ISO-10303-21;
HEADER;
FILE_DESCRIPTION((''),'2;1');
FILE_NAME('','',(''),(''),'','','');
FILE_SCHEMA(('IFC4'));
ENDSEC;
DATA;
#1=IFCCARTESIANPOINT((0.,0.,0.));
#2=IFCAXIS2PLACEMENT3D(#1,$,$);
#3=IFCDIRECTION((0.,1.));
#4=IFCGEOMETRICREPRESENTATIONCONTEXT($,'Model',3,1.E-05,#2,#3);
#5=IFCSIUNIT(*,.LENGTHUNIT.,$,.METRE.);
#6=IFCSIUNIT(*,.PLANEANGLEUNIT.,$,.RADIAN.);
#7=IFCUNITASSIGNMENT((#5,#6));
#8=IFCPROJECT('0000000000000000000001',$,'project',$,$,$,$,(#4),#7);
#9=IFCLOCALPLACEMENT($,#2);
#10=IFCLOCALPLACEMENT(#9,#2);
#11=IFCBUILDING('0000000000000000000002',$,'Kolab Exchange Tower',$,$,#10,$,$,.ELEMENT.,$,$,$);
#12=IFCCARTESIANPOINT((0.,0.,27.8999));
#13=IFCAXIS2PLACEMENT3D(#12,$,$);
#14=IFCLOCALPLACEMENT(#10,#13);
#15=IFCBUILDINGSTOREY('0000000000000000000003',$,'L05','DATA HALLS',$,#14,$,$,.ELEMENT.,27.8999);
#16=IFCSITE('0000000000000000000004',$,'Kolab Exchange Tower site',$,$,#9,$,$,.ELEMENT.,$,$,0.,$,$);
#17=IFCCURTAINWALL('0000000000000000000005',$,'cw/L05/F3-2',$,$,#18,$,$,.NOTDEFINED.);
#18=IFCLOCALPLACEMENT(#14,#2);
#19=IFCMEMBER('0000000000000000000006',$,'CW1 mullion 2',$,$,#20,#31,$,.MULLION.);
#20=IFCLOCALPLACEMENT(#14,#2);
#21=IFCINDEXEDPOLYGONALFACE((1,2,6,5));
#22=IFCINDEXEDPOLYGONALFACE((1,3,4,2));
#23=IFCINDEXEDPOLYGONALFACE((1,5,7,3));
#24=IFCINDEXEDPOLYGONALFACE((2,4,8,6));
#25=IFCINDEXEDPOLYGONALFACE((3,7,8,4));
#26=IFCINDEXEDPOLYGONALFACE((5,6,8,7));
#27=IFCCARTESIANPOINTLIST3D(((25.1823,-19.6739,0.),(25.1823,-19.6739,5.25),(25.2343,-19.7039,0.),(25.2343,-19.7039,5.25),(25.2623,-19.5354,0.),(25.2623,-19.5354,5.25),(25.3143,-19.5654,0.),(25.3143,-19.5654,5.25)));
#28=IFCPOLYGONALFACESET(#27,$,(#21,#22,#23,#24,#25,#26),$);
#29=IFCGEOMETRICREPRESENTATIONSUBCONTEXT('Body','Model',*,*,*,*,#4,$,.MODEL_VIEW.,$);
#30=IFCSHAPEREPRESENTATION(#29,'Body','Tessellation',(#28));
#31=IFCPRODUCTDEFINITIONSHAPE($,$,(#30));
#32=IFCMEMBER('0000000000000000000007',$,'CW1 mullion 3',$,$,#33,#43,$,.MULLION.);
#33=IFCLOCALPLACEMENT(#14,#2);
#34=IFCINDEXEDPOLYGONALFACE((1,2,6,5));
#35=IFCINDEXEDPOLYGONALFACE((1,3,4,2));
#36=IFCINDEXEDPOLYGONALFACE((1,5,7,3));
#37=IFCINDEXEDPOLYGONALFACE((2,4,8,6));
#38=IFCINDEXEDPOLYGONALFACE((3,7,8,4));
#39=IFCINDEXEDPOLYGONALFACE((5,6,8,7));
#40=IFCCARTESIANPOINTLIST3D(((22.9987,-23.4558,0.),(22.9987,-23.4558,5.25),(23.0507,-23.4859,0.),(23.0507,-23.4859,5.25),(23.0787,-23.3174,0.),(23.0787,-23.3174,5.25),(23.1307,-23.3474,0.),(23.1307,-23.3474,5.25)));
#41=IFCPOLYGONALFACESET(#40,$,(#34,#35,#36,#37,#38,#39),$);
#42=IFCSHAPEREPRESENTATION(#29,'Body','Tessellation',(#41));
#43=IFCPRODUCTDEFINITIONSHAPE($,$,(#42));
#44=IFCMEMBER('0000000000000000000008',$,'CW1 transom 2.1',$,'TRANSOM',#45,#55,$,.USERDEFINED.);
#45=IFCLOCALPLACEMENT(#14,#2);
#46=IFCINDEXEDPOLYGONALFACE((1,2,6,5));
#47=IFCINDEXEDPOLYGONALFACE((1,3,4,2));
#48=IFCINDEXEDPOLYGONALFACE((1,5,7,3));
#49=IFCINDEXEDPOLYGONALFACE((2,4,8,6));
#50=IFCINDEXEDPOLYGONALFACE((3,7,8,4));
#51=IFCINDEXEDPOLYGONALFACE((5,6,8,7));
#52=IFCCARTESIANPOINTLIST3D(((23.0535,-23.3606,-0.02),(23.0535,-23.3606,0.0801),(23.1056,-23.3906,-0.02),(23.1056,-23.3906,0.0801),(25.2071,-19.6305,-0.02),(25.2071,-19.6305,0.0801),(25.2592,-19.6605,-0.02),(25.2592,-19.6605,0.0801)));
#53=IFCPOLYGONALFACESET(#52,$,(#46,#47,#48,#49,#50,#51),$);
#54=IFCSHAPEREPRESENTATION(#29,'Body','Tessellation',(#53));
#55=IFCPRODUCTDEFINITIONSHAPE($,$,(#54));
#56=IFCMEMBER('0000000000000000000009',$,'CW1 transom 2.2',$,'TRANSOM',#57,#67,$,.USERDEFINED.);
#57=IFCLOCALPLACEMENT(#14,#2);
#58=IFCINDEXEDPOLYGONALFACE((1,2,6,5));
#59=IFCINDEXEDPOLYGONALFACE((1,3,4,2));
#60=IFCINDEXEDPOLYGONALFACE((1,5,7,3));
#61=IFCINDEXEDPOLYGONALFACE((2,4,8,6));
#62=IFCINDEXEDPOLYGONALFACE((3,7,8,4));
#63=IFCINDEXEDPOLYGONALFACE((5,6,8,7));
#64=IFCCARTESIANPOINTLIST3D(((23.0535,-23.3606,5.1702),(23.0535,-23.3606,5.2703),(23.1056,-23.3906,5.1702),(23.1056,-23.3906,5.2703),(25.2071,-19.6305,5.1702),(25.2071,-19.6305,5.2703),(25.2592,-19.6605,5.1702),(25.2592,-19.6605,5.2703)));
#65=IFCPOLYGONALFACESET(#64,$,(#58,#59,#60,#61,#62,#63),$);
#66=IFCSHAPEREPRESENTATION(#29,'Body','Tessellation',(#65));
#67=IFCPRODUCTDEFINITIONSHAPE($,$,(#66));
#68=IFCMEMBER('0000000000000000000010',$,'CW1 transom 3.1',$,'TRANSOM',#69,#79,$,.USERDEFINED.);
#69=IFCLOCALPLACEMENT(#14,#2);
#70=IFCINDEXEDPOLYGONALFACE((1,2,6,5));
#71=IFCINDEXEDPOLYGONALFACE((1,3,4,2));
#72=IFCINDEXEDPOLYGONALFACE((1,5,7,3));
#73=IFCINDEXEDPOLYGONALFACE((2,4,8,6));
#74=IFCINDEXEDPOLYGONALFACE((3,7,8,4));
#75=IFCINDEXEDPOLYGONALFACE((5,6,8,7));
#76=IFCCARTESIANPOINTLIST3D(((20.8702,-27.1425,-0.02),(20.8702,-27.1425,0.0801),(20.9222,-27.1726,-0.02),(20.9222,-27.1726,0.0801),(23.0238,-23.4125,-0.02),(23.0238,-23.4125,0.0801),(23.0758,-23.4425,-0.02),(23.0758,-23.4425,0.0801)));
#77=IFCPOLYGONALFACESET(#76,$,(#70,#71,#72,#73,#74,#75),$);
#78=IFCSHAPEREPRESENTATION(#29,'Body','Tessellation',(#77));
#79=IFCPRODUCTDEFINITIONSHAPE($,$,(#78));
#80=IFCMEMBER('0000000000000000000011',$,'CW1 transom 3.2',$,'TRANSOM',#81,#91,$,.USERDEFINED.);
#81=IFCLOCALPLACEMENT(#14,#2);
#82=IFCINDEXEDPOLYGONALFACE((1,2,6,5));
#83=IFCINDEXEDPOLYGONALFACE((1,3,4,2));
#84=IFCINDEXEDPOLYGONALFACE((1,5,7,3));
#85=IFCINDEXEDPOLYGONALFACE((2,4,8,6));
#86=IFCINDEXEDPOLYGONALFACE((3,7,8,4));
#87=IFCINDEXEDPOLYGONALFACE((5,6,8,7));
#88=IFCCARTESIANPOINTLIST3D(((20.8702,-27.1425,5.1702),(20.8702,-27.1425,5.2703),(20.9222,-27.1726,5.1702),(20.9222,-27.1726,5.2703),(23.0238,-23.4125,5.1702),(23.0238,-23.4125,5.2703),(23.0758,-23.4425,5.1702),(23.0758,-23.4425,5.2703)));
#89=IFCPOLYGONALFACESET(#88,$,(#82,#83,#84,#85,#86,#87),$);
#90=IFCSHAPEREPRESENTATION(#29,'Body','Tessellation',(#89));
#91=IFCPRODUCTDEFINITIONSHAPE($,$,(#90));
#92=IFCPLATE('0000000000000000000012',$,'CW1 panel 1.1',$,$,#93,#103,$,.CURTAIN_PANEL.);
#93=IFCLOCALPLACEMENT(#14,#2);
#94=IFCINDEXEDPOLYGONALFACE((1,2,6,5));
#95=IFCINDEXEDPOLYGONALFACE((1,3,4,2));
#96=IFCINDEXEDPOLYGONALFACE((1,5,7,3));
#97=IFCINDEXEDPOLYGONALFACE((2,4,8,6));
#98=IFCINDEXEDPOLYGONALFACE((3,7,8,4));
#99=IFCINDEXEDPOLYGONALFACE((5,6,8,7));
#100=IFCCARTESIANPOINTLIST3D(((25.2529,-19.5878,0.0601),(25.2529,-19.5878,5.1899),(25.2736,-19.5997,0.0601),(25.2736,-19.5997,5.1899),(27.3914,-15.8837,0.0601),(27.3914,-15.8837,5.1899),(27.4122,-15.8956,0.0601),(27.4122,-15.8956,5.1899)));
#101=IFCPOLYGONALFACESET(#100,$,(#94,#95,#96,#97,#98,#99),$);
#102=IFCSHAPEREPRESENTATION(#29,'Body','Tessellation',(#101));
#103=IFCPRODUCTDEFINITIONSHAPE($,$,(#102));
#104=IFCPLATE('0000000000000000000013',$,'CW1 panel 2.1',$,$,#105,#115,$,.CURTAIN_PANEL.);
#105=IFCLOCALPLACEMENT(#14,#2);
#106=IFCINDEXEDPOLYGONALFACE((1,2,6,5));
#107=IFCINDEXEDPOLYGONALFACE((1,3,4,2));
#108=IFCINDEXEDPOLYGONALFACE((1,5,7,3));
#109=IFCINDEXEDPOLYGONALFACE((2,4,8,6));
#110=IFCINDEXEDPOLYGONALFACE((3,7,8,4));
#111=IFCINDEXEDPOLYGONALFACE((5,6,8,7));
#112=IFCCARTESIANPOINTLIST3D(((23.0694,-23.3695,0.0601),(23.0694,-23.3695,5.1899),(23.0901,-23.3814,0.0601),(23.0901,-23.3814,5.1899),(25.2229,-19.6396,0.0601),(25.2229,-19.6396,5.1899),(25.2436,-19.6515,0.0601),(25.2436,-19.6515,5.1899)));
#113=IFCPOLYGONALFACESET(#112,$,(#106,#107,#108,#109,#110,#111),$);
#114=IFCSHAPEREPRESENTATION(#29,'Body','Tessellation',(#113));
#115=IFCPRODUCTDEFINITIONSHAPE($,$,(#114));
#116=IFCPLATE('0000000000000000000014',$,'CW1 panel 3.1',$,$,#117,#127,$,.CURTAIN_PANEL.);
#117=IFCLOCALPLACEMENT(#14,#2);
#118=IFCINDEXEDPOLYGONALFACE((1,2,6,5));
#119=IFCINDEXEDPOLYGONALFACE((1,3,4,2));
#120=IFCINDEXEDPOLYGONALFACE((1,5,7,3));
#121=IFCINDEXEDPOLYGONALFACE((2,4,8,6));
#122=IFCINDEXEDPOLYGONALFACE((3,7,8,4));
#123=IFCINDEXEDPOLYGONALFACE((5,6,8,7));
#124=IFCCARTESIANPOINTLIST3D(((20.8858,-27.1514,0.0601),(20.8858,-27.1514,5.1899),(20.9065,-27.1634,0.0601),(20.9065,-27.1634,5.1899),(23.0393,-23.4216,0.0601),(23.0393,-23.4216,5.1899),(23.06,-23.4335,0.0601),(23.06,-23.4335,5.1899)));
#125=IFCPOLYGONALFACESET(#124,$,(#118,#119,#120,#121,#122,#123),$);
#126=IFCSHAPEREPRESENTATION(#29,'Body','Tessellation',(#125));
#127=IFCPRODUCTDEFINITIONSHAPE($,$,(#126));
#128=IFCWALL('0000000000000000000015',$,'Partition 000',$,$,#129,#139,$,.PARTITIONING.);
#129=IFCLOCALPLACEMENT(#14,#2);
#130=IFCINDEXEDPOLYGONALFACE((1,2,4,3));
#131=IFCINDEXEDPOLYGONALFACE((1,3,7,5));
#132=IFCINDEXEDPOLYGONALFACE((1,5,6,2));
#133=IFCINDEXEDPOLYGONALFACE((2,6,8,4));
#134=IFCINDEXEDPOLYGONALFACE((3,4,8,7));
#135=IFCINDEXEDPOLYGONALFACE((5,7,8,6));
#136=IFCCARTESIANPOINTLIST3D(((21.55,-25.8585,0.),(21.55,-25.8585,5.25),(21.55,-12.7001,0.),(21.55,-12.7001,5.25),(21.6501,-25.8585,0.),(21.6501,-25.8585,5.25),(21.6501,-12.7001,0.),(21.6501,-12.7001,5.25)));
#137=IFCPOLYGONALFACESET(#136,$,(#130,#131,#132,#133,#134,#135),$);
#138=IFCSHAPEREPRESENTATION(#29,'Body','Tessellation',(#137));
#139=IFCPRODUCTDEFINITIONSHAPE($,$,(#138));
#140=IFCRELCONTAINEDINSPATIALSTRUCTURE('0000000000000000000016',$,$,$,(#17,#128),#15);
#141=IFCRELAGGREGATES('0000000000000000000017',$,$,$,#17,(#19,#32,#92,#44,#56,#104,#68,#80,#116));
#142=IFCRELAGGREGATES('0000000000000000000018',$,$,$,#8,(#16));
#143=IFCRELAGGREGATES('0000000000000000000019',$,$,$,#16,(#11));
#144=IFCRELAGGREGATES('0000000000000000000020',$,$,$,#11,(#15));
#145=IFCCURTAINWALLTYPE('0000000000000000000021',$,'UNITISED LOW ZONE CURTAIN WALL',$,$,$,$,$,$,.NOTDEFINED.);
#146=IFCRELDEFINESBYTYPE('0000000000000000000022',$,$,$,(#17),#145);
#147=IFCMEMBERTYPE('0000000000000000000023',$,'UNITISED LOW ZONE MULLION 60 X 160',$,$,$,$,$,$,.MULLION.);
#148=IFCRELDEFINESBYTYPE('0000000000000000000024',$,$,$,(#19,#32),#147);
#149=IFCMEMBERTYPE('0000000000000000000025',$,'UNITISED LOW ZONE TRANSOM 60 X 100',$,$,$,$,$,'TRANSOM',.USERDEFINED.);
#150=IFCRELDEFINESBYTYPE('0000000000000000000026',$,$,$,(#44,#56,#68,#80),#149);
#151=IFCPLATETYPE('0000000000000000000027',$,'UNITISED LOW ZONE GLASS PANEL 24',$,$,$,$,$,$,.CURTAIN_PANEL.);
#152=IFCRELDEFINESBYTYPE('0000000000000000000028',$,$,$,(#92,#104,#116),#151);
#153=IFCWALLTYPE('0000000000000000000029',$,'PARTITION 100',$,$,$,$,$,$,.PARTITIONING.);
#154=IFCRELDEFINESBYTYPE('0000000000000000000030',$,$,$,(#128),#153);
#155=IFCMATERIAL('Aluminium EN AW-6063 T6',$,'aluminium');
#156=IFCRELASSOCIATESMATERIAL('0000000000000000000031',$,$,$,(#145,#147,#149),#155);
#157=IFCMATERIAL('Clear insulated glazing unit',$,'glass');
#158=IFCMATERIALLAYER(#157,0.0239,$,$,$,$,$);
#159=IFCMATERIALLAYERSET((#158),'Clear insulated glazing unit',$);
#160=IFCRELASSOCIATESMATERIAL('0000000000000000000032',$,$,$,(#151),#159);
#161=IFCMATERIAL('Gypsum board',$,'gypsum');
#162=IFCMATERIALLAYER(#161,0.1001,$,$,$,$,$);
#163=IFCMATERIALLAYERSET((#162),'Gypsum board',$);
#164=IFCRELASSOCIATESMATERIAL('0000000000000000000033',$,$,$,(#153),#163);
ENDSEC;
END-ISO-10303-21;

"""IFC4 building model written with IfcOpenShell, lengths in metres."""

from ifc_helpers import new_model, si_unit, direction, frame, frame_2d, origin, origin_2d, place, context, subcontext, project, spatial, rectangle, extrude, material, layer, layer_set, material_profile, profile_set, type_object, element, aggregate, save


model = new_model("IFC4")

# Units and contexts
model_context = context("Model", 3, precision=1e-05, world=origin(), true_north=direction((0.0, 1.0)))
body_context = subcontext(model_context, "Body", "Model", "MODEL_VIEW")
ifc_project = project(units=[si_unit("LENGTHUNIT", "METRE"), si_unit("PLANEANGLEUNIT", "RADIAN")], contexts=[model_context])

# Site, building, storey
site_placement = place(None, origin())
site = spatial("IfcSite", under=ifc_project, at=site_placement, Name="Kolab Exchange Tower site", CompositionType="ELEMENT", RefElevation=0.0)
building_placement = place(site_placement, origin())
building = spatial("IfcBuilding", under=site, at=building_placement, Name="Kolab Exchange Tower", CompositionType="ELEMENT")
storey_placement = place(building_placement, frame((0.0, 0.0, 27.8999)))
storey = spatial("IfcBuildingStorey", under=building, at=storey_placement, Name="L05", Description="DATA HALLS", CompositionType="ELEMENT", Elevation=27.8999)

# Curtain wall, members, plates
ifc_material_1 = material(Name="Aluminium EN AW-6063 T6", Category="aluminium")
curtain_wall_type = type_object("IfcCurtainWallType", Name="UNITISED LOW ZONE CURTAIN WALL", PredefinedType="NOTDEFINED", material=ifc_material_1)
curtain_wall_placement = place(storey_placement, origin())
curtain_wall = element("IfcCurtainWall", 1, at=curtain_wall_placement, inside=storey, type_object=curtain_wall_type, Name="cw/L05/F3-2", PredefinedType="NOTDEFINED")
ifc_material_profile_1 = material_profile(ifc_material_1, rectangle(XDim=0.0601, YDim=0.1599, at=origin_2d()), Name="RECT 60X160")
ifc_profile_set_1 = profile_set([ifc_material_profile_1], Name="Aluminium EN AW-6063 T6")
member_type_1 = type_object("IfcMemberType", Name="UNITISED LOW ZONE MULLION 60 X 160", PredefinedType="MULLION", material=ifc_profile_set_1)
member_1_placement = place(storey_placement, frame((25.2483, -19.6196, 0.0), z_axis=(0.0, 0.0, 1.0), x_axis=(0.866025, -0.5, 0.0)))
member_1 = element("IfcMember", 2, at=member_1_placement, type_object=member_type_1, Name="CW1 mullion 2", PredefinedType="MULLION", context=body_context, shape_type="SweptSolid", body=[
    extrude(rectangle(XDim=0.0601, YDim=0.1599, at=origin_2d()), origin(), (0.0, 0.0, 1.0), 5.25),
])
member_2_placement = place(storey_placement, frame((23.0647, -23.4016, 0.0), z_axis=(0.0, 0.0, 1.0), x_axis=(0.866025, -0.5, 0.0)))
member_2 = element("IfcMember", 3, at=member_2_placement, type_object=member_type_1, Name="CW1 mullion 3", PredefinedType="MULLION", context=body_context, shape_type="SweptSolid", body=[
    extrude(rectangle(XDim=0.0601, YDim=0.1599, at=origin_2d()), origin(), (0.0, 0.0, 1.0), 5.25),
])
ifc_material_profile_2 = material_profile(ifc_material_1, rectangle(XDim=0.0601, YDim=0.1001, at=origin_2d()), Name="RECT 60X100")
ifc_profile_set_2 = profile_set([ifc_material_profile_2], Name="Aluminium EN AW-6063 T6")
member_type_2 = type_object("IfcMemberType", Name="UNITISED LOW ZONE TRANSOM 60 X 100", ElementType="TRANSOM", PredefinedType="USERDEFINED", material=ifc_profile_set_2)
member_3_placement = place(storey_placement, frame((25.2332, -19.6455, 0.03), z_axis=(-0.50001, -0.866019, 0.0), x_axis=(0.866019, -0.50001, 0.0)))
member_3 = element("IfcMember", 4, at=member_3_placement, type_object=member_type_2, Name="CW1 transom 2.1", ObjectType="TRANSOM", PredefinedType="USERDEFINED", context=body_context, shape_type="SweptSolid", body=[
    extrude(rectangle(XDim=0.0601, YDim=0.1001, at=origin_2d()), origin(), (0.0, 0.0, 1.0), 4.3071),
])
member_4_placement = place(storey_placement, frame((25.2332, -19.6455, 5.2202), z_axis=(-0.50001, -0.866019, 0.0), x_axis=(0.866019, -0.50001, 0.0)))
member_4 = element("IfcMember", 5, at=member_4_placement, type_object=member_type_2, Name="CW1 transom 2.2", ObjectType="TRANSOM", PredefinedType="USERDEFINED", context=body_context, shape_type="SweptSolid", body=[
    extrude(rectangle(XDim=0.0601, YDim=0.1001, at=origin_2d()), origin(), (0.0, 0.0, 1.0), 4.3071),
])
member_5_placement = place(storey_placement, frame((23.0498, -23.4275, 0.03), z_axis=(-0.50001, -0.866019, 0.0), x_axis=(0.866019, -0.50001, 0.0)))
member_5 = element("IfcMember", 6, at=member_5_placement, type_object=member_type_2, Name="CW1 transom 3.1", ObjectType="TRANSOM", PredefinedType="USERDEFINED", context=body_context, shape_type="SweptSolid", body=[
    extrude(rectangle(XDim=0.0601, YDim=0.1001, at=origin_2d()), origin(), (0.0, 0.0, 1.0), 4.3071),
])
member_6_placement = place(storey_placement, frame((23.0498, -23.4275, 5.2202), z_axis=(-0.50001, -0.866019, 0.0), x_axis=(0.866019, -0.50001, 0.0)))
member_6 = element("IfcMember", 7, at=member_6_placement, type_object=member_type_2, Name="CW1 transom 3.2", ObjectType="TRANSOM", PredefinedType="USERDEFINED", context=body_context, shape_type="SweptSolid", body=[
    extrude(rectangle(XDim=0.0601, YDim=0.1001, at=origin_2d()), origin(), (0.0, 0.0, 1.0), 4.3071),
])
ifc_material_2 = material(Name="Clear insulated glazing unit", Category="glass")
ifc_layer_1 = layer(ifc_material_2, 0.0239)
ifc_layer_set_1 = layer_set([ifc_layer_1], Name="Clear insulated glazing unit")
plate_type = type_object("IfcPlateType", Name="UNITISED LOW ZONE GLASS PANEL 24", PredefinedType="CURTAIN_PANEL", material=ifc_layer_set_1)
plate_1_placement = place(storey_placement, frame((26.3325, -17.7417, 0.0601), z_axis=(0.0, 0.0, 1.0), x_axis=(-0.5, -0.866025, 0.0)))
plate_1 = element("IfcPlate", 8, at=plate_1_placement, type_object=plate_type, Name="CW1 panel 1.1", PredefinedType="CURTAIN_PANEL", context=body_context, shape_type="SweptSolid", body=[
    extrude(rectangle(XDim=4.2771, YDim=0.0239, at=origin_2d()), origin(), (0.0, 0.0, 1.0), 5.1299),
])
plate_2_placement = place(storey_placement, frame((24.1565, -21.5105, 0.0601), z_axis=(0.0, 0.0, 1.0), x_axis=(-0.5, -0.866025, 0.0)))
plate_2 = element("IfcPlate", 9, at=plate_2_placement, type_object=plate_type, Name="CW1 panel 2.1", PredefinedType="CURTAIN_PANEL", context=body_context, shape_type="SweptSolid", body=[
    extrude(rectangle(XDim=4.3069, YDim=0.0239, at=origin_2d()), origin(), (0.0, 0.0, 1.0), 5.1299),
])
plate_3_placement = place(storey_placement, frame((21.9729, -25.2925, 0.0601), z_axis=(0.0, 0.0, 1.0), x_axis=(-0.5, -0.866025, 0.0)))
plate_3 = element("IfcPlate", 10, at=plate_3_placement, type_object=plate_type, Name="CW1 panel 3.1", PredefinedType="CURTAIN_PANEL", context=body_context, shape_type="SweptSolid", body=[
    extrude(rectangle(XDim=4.3069, YDim=0.0239, at=origin_2d()), origin(), (0.0, 0.0, 1.0), 5.1299),
])
aggregate(curtain_wall, [member_1, member_2, plate_1, member_3, member_4, plate_2, member_5, member_6, plate_3])

# Wall
ifc_material_3 = material(Name="Gypsum board", Category="gypsum")
ifc_layer_2 = layer(ifc_material_3, 0.1001)
ifc_layer_set_2 = layer_set([ifc_layer_2], Name="Gypsum board")
wall_type = type_object("IfcWallType", Name="PARTITION 100", PredefinedType="PARTITIONING", material=ifc_layer_set_2)
wall_placement = place(storey_placement, frame((21.6001, -25.8584, 0.0), z_axis=(0.0, 0.0, 1.0), x_axis=(0.0, 1.0, 0.0)))
element("IfcWall", 11, at=wall_placement, inside=storey, type_object=wall_type, Name="Partition 000", PredefinedType="PARTITIONING", context=body_context, shape_type="SweptSolid", body=[
    extrude(rectangle(XDim=13.1584, YDim=0.1001, at=frame_2d((6.5791, 0.0))), origin(), (0.0, 0.0, 1.0), 5.25),
])

save(model, "model.ifc")
